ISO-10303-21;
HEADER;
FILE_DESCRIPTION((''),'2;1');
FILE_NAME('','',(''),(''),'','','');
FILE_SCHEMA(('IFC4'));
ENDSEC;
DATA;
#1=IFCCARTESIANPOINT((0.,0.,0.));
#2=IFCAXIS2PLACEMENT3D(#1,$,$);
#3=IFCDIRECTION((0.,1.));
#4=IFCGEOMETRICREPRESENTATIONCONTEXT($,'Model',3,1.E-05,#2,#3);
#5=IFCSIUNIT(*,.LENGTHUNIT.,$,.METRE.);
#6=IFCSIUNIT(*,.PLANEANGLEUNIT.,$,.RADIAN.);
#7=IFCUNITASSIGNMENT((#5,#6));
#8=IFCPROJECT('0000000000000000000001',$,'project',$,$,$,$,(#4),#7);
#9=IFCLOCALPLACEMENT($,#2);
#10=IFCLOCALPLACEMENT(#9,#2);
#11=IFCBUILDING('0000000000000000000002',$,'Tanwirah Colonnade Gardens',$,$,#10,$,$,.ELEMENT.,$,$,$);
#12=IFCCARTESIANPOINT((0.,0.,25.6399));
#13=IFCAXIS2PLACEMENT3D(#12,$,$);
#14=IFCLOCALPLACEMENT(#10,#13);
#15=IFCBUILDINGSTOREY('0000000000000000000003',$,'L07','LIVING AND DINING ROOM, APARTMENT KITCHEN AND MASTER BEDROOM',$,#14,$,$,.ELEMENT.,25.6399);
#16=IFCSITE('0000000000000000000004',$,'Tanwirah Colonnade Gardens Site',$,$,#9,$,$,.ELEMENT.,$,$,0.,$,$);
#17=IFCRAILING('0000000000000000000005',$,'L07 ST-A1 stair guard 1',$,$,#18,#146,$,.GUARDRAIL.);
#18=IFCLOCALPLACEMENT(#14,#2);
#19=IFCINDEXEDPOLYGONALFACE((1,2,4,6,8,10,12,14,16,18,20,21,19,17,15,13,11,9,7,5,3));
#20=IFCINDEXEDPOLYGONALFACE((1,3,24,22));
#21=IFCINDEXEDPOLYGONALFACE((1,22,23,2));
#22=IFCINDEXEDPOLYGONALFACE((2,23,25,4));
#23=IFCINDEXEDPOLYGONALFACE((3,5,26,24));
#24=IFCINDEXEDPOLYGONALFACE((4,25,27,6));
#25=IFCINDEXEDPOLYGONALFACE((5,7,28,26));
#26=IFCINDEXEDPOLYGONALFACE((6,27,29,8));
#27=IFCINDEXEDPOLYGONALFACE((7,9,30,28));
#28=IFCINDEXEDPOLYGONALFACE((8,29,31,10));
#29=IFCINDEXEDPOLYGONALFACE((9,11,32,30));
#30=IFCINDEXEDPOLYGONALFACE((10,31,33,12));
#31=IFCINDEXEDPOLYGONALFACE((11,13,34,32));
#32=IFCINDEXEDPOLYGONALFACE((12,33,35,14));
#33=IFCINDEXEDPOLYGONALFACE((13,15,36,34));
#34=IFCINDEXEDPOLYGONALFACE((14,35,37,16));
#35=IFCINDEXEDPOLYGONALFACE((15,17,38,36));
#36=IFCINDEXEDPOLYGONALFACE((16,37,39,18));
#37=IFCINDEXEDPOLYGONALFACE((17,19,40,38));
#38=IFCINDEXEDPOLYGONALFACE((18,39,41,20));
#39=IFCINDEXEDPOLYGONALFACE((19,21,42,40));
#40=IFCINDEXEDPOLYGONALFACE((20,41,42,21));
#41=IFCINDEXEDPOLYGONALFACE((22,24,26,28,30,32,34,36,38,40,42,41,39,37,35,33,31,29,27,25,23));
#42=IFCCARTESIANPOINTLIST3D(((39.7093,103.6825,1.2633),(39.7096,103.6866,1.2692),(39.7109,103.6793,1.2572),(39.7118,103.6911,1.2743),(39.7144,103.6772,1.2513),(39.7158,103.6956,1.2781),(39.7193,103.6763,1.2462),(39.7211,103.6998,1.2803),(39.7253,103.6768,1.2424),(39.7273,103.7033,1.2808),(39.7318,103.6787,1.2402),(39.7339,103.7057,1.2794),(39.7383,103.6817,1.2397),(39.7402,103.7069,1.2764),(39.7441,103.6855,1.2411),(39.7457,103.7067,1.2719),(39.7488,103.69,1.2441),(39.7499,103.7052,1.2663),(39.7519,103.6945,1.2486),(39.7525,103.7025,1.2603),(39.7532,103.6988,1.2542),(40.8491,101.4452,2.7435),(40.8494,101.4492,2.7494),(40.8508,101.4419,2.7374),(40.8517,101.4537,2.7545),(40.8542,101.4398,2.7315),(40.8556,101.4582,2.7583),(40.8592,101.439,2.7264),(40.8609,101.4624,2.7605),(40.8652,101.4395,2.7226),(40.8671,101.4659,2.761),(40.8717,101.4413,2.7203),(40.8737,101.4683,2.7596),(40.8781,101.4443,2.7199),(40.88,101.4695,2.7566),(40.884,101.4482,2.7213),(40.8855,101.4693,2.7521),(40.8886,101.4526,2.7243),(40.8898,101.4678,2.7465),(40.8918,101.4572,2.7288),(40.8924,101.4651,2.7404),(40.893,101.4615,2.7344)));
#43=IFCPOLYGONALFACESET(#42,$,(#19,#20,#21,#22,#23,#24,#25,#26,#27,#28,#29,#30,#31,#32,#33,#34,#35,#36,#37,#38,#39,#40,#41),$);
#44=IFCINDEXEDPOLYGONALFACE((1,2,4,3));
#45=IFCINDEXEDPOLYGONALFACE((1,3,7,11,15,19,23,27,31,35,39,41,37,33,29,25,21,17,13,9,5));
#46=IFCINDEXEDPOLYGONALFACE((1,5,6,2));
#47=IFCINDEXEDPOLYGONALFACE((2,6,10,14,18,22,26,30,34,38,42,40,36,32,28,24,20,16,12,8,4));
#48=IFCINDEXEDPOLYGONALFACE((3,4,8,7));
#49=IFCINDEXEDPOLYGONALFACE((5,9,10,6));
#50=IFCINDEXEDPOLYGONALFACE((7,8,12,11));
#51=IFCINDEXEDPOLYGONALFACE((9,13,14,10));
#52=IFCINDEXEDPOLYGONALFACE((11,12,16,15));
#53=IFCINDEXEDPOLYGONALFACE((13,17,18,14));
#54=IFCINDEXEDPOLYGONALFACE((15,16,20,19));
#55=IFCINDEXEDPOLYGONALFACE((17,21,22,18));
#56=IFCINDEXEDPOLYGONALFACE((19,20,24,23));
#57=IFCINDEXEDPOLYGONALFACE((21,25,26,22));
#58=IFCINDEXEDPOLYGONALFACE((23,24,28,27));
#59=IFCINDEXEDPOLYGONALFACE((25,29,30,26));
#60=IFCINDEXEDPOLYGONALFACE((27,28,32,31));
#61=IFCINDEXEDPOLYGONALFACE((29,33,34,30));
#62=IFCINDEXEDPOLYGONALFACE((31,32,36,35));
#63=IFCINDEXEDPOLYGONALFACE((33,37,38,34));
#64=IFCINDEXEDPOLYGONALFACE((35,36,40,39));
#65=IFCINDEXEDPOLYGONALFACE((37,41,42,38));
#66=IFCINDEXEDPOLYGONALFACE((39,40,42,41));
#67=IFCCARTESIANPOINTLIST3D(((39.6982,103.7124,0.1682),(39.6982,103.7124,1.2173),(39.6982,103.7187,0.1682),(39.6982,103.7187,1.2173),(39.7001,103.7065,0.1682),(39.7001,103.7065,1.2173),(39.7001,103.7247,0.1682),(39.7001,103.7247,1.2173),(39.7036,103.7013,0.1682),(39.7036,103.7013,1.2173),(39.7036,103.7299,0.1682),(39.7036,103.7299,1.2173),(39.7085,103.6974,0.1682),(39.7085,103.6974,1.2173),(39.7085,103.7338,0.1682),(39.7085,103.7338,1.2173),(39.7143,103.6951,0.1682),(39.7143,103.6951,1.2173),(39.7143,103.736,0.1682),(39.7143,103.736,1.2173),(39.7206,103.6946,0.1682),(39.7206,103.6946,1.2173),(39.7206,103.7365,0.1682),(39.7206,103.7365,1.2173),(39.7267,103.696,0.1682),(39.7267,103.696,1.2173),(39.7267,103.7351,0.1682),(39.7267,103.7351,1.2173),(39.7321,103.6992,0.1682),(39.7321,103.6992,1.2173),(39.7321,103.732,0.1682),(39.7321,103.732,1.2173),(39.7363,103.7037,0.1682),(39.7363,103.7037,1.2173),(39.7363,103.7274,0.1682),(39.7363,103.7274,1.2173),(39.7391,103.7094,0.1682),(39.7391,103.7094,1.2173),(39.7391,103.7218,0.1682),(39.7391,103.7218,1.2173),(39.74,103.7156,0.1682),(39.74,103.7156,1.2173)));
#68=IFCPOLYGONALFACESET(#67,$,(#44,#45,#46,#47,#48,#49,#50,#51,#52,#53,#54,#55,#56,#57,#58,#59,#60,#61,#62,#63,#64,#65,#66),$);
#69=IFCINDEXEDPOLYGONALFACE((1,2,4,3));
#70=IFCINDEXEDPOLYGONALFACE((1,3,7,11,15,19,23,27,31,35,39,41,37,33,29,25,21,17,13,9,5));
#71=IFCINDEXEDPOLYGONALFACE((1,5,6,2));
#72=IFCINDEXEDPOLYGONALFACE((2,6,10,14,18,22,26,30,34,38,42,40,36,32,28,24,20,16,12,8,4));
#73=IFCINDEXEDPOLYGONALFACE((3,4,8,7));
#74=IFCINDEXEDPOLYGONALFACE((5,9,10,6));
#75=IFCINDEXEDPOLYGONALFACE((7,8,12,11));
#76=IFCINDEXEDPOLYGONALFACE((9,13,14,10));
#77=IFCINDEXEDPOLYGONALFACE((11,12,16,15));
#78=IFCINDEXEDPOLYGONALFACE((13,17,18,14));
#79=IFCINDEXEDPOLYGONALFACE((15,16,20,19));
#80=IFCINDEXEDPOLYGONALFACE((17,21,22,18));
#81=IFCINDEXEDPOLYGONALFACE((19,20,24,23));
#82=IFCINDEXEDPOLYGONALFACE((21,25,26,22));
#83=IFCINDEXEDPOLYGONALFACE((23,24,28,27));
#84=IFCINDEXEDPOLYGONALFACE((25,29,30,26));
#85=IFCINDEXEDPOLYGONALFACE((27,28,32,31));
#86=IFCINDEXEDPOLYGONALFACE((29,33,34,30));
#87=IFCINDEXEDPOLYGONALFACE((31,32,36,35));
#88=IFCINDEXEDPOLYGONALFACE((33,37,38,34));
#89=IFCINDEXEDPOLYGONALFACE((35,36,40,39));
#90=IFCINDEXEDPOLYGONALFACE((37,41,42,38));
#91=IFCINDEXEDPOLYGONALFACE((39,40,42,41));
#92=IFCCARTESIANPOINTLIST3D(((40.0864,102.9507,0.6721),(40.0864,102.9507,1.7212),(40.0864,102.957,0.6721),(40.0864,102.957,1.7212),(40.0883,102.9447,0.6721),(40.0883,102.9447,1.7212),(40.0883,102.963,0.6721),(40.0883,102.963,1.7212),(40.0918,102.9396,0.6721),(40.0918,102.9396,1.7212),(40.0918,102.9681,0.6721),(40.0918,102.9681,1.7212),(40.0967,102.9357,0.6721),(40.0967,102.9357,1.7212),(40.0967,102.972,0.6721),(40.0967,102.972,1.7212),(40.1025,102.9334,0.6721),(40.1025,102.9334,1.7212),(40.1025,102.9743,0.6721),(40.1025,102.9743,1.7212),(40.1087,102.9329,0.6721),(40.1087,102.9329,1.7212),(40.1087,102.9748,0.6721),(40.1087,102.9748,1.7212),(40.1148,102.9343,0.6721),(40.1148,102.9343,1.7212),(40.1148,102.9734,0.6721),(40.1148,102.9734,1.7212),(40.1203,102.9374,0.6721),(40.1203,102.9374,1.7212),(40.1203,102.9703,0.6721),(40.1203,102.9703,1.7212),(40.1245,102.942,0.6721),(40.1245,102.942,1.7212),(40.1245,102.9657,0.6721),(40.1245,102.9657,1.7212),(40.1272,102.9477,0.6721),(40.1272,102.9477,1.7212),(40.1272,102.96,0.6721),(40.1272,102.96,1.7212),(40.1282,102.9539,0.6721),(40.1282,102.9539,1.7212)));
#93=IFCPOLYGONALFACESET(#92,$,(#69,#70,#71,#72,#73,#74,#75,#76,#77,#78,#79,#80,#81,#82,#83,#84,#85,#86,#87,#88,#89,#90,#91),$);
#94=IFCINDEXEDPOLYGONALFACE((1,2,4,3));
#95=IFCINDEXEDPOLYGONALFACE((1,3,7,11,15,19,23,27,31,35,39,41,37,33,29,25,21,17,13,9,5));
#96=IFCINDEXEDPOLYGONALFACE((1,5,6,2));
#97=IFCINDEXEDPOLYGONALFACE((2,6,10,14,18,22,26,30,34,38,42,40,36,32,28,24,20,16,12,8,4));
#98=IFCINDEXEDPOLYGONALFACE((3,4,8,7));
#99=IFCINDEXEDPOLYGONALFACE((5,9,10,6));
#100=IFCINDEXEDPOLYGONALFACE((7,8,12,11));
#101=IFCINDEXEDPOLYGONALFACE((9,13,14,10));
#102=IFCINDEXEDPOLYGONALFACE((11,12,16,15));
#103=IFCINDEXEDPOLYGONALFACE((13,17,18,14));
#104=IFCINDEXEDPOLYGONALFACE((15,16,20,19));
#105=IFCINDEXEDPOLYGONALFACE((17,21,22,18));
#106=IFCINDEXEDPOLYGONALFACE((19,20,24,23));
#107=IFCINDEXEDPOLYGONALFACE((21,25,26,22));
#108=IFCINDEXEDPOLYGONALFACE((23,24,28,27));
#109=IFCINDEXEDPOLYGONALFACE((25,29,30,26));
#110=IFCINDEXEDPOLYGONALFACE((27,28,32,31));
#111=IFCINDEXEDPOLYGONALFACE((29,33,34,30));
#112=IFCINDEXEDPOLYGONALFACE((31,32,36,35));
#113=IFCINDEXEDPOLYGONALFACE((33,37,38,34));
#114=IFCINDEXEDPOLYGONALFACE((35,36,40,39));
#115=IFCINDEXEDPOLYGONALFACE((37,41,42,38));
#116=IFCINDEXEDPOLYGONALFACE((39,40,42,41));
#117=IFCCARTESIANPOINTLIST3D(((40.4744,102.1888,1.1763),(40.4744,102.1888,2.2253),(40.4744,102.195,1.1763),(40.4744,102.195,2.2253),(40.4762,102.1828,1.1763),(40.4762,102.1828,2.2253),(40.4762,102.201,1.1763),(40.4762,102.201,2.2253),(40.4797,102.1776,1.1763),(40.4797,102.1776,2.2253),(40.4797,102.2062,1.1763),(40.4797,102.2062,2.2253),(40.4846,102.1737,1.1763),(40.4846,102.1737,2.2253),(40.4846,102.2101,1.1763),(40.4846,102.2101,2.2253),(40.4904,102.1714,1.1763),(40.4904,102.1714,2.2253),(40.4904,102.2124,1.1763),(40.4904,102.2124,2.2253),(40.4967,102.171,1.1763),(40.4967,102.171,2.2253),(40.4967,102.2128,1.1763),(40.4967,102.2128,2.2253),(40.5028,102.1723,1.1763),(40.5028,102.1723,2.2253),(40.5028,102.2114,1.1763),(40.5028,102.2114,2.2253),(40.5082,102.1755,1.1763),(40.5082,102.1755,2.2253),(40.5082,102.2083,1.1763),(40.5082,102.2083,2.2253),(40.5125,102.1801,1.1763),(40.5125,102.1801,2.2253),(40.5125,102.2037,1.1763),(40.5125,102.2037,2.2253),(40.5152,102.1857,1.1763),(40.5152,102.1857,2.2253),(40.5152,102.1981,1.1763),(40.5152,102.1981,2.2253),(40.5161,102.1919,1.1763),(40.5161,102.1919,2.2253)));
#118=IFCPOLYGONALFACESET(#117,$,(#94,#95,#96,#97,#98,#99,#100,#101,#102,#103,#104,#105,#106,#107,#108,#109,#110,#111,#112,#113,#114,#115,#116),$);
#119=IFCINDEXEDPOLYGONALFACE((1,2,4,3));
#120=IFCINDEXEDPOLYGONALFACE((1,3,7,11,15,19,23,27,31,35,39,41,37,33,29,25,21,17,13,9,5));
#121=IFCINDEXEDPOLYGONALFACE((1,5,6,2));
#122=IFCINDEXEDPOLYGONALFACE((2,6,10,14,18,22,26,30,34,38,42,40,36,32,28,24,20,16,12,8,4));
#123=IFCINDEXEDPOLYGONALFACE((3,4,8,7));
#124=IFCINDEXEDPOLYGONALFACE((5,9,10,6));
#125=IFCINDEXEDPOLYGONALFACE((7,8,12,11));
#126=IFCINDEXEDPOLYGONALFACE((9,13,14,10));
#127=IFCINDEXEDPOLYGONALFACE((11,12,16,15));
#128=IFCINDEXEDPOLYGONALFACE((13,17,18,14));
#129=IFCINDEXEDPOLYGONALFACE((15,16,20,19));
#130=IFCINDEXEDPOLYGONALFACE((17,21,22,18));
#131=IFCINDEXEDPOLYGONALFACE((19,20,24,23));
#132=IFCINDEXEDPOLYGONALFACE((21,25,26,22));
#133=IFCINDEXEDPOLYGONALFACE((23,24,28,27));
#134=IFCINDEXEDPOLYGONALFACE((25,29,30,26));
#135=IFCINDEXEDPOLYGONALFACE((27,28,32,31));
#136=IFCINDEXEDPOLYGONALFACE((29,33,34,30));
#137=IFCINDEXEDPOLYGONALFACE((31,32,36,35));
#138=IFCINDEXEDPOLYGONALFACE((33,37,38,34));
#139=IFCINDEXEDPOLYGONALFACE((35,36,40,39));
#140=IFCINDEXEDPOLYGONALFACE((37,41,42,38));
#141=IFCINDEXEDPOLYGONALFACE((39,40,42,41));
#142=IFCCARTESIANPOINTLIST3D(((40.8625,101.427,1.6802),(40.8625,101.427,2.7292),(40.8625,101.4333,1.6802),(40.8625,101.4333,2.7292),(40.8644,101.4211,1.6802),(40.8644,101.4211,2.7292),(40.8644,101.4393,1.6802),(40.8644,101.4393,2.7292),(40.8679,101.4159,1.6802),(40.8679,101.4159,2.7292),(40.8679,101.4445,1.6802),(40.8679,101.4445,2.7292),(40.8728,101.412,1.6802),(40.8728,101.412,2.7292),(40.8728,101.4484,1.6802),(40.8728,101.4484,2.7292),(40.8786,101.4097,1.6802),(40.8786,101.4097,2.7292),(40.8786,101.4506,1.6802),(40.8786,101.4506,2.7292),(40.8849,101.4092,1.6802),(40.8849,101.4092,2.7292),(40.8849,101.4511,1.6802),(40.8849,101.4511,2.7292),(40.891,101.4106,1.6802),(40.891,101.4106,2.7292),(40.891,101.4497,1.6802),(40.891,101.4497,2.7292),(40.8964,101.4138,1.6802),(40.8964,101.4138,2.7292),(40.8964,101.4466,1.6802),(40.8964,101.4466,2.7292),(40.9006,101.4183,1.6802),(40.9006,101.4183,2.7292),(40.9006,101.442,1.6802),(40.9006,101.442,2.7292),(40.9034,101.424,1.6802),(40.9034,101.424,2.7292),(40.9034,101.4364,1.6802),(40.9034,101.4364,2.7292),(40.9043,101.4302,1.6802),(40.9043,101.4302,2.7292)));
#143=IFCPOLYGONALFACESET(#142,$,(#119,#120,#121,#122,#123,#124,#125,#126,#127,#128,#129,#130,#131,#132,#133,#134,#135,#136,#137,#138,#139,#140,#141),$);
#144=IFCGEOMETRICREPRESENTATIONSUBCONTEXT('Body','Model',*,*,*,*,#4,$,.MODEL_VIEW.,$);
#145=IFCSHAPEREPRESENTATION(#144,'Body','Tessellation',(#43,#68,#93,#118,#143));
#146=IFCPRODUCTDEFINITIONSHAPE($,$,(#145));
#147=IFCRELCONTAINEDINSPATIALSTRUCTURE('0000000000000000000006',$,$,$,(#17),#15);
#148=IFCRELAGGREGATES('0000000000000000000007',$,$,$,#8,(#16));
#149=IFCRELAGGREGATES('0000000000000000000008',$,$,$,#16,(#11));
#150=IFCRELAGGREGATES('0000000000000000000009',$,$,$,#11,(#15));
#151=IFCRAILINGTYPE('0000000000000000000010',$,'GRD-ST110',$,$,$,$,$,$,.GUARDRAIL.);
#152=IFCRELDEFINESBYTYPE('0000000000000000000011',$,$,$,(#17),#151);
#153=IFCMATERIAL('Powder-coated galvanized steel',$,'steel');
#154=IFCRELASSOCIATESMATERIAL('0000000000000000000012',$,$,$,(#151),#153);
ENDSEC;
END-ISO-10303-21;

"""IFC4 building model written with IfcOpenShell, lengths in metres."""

from ifc_helpers import new_model, si_unit, direction, frame, origin, origin_2d, place, context, subcontext, project, spatial, circle, extrude, material, type_object, element, save


model = new_model("IFC4")

# Units and contexts
model_context = context("Model", 3, precision=1e-05, world=origin(), true_north=direction((0.0, 1.0)))
body_context = subcontext(model_context, "Body", "Model", "MODEL_VIEW")
ifc_project = project(units=[si_unit("LENGTHUNIT", "METRE"), si_unit("PLANEANGLEUNIT", "RADIAN")], contexts=[model_context])

# Site, building, storey
site_placement = place(None, origin())
site = spatial("IfcSite", under=ifc_project, at=site_placement, Name="Tanwirah Colonnade Gardens Site", CompositionType="ELEMENT", RefElevation=0.0)
building_placement = place(site_placement, origin())
building = spatial("IfcBuilding", under=site, at=building_placement, Name="Tanwirah Colonnade Gardens", CompositionType="ELEMENT")
storey_placement = place(building_placement, frame((0.0, 0.0, 25.6399)))
storey = spatial("IfcBuildingStorey", under=building, at=storey_placement, Name="L07", Description="LIVING AND DINING ROOM, APARTMENT KITCHEN AND MASTER BEDROOM", CompositionType="ELEMENT", Elevation=25.6399)

# Railing
ifc_material_1 = material(Name="Powder-coated galvanized steel", Category="steel")
railing_type_1 = type_object("IfcRailingType", Name="GRD-ST110", PredefinedType="GUARDRAIL", material=ifc_material_1)
railing_1_placement = place(storey_placement, frame((39.719, 103.7156, 0.1682)))
element("IfcRailing", 1, at=railing_1_placement, inside=storey, type_object=railing_type_1, Name="L07 ST-A1 stair guard 1", PredefinedType="GUARDRAIL", context=body_context, shape_type="SweptSolid", body=[
    extrude(circle(Radius=0.0239, at=origin_2d()), frame((0.0122, -0.0239, 1.092), z_axis=(0.391053, -0.767592, 0.507819), x_axis=(0.891032, 0.45394, 0.0)), (0.0, 0.0, 1.0), 2.9148),
    extrude(circle(Radius=0.021, at=origin_2d()), origin(), (0.0, 0.0, 1.0), 1.0491),
    extrude(circle(Radius=0.021, at=origin_2d()), frame((0.3882, -0.7617, 0.5039)), (0.0, 0.0, 1.0), 1.0491),
    extrude(circle(Radius=0.021, at=origin_2d()), frame((0.7761, -1.5237, 1.0081)), (0.0, 0.0, 1.0), 1.0491),
    extrude(circle(Radius=0.021, at=origin_2d()), frame((1.1643, -2.2854, 1.512)), (0.0, 0.0, 1.0), 1.0491),
])

save(model, "model.ifc")
